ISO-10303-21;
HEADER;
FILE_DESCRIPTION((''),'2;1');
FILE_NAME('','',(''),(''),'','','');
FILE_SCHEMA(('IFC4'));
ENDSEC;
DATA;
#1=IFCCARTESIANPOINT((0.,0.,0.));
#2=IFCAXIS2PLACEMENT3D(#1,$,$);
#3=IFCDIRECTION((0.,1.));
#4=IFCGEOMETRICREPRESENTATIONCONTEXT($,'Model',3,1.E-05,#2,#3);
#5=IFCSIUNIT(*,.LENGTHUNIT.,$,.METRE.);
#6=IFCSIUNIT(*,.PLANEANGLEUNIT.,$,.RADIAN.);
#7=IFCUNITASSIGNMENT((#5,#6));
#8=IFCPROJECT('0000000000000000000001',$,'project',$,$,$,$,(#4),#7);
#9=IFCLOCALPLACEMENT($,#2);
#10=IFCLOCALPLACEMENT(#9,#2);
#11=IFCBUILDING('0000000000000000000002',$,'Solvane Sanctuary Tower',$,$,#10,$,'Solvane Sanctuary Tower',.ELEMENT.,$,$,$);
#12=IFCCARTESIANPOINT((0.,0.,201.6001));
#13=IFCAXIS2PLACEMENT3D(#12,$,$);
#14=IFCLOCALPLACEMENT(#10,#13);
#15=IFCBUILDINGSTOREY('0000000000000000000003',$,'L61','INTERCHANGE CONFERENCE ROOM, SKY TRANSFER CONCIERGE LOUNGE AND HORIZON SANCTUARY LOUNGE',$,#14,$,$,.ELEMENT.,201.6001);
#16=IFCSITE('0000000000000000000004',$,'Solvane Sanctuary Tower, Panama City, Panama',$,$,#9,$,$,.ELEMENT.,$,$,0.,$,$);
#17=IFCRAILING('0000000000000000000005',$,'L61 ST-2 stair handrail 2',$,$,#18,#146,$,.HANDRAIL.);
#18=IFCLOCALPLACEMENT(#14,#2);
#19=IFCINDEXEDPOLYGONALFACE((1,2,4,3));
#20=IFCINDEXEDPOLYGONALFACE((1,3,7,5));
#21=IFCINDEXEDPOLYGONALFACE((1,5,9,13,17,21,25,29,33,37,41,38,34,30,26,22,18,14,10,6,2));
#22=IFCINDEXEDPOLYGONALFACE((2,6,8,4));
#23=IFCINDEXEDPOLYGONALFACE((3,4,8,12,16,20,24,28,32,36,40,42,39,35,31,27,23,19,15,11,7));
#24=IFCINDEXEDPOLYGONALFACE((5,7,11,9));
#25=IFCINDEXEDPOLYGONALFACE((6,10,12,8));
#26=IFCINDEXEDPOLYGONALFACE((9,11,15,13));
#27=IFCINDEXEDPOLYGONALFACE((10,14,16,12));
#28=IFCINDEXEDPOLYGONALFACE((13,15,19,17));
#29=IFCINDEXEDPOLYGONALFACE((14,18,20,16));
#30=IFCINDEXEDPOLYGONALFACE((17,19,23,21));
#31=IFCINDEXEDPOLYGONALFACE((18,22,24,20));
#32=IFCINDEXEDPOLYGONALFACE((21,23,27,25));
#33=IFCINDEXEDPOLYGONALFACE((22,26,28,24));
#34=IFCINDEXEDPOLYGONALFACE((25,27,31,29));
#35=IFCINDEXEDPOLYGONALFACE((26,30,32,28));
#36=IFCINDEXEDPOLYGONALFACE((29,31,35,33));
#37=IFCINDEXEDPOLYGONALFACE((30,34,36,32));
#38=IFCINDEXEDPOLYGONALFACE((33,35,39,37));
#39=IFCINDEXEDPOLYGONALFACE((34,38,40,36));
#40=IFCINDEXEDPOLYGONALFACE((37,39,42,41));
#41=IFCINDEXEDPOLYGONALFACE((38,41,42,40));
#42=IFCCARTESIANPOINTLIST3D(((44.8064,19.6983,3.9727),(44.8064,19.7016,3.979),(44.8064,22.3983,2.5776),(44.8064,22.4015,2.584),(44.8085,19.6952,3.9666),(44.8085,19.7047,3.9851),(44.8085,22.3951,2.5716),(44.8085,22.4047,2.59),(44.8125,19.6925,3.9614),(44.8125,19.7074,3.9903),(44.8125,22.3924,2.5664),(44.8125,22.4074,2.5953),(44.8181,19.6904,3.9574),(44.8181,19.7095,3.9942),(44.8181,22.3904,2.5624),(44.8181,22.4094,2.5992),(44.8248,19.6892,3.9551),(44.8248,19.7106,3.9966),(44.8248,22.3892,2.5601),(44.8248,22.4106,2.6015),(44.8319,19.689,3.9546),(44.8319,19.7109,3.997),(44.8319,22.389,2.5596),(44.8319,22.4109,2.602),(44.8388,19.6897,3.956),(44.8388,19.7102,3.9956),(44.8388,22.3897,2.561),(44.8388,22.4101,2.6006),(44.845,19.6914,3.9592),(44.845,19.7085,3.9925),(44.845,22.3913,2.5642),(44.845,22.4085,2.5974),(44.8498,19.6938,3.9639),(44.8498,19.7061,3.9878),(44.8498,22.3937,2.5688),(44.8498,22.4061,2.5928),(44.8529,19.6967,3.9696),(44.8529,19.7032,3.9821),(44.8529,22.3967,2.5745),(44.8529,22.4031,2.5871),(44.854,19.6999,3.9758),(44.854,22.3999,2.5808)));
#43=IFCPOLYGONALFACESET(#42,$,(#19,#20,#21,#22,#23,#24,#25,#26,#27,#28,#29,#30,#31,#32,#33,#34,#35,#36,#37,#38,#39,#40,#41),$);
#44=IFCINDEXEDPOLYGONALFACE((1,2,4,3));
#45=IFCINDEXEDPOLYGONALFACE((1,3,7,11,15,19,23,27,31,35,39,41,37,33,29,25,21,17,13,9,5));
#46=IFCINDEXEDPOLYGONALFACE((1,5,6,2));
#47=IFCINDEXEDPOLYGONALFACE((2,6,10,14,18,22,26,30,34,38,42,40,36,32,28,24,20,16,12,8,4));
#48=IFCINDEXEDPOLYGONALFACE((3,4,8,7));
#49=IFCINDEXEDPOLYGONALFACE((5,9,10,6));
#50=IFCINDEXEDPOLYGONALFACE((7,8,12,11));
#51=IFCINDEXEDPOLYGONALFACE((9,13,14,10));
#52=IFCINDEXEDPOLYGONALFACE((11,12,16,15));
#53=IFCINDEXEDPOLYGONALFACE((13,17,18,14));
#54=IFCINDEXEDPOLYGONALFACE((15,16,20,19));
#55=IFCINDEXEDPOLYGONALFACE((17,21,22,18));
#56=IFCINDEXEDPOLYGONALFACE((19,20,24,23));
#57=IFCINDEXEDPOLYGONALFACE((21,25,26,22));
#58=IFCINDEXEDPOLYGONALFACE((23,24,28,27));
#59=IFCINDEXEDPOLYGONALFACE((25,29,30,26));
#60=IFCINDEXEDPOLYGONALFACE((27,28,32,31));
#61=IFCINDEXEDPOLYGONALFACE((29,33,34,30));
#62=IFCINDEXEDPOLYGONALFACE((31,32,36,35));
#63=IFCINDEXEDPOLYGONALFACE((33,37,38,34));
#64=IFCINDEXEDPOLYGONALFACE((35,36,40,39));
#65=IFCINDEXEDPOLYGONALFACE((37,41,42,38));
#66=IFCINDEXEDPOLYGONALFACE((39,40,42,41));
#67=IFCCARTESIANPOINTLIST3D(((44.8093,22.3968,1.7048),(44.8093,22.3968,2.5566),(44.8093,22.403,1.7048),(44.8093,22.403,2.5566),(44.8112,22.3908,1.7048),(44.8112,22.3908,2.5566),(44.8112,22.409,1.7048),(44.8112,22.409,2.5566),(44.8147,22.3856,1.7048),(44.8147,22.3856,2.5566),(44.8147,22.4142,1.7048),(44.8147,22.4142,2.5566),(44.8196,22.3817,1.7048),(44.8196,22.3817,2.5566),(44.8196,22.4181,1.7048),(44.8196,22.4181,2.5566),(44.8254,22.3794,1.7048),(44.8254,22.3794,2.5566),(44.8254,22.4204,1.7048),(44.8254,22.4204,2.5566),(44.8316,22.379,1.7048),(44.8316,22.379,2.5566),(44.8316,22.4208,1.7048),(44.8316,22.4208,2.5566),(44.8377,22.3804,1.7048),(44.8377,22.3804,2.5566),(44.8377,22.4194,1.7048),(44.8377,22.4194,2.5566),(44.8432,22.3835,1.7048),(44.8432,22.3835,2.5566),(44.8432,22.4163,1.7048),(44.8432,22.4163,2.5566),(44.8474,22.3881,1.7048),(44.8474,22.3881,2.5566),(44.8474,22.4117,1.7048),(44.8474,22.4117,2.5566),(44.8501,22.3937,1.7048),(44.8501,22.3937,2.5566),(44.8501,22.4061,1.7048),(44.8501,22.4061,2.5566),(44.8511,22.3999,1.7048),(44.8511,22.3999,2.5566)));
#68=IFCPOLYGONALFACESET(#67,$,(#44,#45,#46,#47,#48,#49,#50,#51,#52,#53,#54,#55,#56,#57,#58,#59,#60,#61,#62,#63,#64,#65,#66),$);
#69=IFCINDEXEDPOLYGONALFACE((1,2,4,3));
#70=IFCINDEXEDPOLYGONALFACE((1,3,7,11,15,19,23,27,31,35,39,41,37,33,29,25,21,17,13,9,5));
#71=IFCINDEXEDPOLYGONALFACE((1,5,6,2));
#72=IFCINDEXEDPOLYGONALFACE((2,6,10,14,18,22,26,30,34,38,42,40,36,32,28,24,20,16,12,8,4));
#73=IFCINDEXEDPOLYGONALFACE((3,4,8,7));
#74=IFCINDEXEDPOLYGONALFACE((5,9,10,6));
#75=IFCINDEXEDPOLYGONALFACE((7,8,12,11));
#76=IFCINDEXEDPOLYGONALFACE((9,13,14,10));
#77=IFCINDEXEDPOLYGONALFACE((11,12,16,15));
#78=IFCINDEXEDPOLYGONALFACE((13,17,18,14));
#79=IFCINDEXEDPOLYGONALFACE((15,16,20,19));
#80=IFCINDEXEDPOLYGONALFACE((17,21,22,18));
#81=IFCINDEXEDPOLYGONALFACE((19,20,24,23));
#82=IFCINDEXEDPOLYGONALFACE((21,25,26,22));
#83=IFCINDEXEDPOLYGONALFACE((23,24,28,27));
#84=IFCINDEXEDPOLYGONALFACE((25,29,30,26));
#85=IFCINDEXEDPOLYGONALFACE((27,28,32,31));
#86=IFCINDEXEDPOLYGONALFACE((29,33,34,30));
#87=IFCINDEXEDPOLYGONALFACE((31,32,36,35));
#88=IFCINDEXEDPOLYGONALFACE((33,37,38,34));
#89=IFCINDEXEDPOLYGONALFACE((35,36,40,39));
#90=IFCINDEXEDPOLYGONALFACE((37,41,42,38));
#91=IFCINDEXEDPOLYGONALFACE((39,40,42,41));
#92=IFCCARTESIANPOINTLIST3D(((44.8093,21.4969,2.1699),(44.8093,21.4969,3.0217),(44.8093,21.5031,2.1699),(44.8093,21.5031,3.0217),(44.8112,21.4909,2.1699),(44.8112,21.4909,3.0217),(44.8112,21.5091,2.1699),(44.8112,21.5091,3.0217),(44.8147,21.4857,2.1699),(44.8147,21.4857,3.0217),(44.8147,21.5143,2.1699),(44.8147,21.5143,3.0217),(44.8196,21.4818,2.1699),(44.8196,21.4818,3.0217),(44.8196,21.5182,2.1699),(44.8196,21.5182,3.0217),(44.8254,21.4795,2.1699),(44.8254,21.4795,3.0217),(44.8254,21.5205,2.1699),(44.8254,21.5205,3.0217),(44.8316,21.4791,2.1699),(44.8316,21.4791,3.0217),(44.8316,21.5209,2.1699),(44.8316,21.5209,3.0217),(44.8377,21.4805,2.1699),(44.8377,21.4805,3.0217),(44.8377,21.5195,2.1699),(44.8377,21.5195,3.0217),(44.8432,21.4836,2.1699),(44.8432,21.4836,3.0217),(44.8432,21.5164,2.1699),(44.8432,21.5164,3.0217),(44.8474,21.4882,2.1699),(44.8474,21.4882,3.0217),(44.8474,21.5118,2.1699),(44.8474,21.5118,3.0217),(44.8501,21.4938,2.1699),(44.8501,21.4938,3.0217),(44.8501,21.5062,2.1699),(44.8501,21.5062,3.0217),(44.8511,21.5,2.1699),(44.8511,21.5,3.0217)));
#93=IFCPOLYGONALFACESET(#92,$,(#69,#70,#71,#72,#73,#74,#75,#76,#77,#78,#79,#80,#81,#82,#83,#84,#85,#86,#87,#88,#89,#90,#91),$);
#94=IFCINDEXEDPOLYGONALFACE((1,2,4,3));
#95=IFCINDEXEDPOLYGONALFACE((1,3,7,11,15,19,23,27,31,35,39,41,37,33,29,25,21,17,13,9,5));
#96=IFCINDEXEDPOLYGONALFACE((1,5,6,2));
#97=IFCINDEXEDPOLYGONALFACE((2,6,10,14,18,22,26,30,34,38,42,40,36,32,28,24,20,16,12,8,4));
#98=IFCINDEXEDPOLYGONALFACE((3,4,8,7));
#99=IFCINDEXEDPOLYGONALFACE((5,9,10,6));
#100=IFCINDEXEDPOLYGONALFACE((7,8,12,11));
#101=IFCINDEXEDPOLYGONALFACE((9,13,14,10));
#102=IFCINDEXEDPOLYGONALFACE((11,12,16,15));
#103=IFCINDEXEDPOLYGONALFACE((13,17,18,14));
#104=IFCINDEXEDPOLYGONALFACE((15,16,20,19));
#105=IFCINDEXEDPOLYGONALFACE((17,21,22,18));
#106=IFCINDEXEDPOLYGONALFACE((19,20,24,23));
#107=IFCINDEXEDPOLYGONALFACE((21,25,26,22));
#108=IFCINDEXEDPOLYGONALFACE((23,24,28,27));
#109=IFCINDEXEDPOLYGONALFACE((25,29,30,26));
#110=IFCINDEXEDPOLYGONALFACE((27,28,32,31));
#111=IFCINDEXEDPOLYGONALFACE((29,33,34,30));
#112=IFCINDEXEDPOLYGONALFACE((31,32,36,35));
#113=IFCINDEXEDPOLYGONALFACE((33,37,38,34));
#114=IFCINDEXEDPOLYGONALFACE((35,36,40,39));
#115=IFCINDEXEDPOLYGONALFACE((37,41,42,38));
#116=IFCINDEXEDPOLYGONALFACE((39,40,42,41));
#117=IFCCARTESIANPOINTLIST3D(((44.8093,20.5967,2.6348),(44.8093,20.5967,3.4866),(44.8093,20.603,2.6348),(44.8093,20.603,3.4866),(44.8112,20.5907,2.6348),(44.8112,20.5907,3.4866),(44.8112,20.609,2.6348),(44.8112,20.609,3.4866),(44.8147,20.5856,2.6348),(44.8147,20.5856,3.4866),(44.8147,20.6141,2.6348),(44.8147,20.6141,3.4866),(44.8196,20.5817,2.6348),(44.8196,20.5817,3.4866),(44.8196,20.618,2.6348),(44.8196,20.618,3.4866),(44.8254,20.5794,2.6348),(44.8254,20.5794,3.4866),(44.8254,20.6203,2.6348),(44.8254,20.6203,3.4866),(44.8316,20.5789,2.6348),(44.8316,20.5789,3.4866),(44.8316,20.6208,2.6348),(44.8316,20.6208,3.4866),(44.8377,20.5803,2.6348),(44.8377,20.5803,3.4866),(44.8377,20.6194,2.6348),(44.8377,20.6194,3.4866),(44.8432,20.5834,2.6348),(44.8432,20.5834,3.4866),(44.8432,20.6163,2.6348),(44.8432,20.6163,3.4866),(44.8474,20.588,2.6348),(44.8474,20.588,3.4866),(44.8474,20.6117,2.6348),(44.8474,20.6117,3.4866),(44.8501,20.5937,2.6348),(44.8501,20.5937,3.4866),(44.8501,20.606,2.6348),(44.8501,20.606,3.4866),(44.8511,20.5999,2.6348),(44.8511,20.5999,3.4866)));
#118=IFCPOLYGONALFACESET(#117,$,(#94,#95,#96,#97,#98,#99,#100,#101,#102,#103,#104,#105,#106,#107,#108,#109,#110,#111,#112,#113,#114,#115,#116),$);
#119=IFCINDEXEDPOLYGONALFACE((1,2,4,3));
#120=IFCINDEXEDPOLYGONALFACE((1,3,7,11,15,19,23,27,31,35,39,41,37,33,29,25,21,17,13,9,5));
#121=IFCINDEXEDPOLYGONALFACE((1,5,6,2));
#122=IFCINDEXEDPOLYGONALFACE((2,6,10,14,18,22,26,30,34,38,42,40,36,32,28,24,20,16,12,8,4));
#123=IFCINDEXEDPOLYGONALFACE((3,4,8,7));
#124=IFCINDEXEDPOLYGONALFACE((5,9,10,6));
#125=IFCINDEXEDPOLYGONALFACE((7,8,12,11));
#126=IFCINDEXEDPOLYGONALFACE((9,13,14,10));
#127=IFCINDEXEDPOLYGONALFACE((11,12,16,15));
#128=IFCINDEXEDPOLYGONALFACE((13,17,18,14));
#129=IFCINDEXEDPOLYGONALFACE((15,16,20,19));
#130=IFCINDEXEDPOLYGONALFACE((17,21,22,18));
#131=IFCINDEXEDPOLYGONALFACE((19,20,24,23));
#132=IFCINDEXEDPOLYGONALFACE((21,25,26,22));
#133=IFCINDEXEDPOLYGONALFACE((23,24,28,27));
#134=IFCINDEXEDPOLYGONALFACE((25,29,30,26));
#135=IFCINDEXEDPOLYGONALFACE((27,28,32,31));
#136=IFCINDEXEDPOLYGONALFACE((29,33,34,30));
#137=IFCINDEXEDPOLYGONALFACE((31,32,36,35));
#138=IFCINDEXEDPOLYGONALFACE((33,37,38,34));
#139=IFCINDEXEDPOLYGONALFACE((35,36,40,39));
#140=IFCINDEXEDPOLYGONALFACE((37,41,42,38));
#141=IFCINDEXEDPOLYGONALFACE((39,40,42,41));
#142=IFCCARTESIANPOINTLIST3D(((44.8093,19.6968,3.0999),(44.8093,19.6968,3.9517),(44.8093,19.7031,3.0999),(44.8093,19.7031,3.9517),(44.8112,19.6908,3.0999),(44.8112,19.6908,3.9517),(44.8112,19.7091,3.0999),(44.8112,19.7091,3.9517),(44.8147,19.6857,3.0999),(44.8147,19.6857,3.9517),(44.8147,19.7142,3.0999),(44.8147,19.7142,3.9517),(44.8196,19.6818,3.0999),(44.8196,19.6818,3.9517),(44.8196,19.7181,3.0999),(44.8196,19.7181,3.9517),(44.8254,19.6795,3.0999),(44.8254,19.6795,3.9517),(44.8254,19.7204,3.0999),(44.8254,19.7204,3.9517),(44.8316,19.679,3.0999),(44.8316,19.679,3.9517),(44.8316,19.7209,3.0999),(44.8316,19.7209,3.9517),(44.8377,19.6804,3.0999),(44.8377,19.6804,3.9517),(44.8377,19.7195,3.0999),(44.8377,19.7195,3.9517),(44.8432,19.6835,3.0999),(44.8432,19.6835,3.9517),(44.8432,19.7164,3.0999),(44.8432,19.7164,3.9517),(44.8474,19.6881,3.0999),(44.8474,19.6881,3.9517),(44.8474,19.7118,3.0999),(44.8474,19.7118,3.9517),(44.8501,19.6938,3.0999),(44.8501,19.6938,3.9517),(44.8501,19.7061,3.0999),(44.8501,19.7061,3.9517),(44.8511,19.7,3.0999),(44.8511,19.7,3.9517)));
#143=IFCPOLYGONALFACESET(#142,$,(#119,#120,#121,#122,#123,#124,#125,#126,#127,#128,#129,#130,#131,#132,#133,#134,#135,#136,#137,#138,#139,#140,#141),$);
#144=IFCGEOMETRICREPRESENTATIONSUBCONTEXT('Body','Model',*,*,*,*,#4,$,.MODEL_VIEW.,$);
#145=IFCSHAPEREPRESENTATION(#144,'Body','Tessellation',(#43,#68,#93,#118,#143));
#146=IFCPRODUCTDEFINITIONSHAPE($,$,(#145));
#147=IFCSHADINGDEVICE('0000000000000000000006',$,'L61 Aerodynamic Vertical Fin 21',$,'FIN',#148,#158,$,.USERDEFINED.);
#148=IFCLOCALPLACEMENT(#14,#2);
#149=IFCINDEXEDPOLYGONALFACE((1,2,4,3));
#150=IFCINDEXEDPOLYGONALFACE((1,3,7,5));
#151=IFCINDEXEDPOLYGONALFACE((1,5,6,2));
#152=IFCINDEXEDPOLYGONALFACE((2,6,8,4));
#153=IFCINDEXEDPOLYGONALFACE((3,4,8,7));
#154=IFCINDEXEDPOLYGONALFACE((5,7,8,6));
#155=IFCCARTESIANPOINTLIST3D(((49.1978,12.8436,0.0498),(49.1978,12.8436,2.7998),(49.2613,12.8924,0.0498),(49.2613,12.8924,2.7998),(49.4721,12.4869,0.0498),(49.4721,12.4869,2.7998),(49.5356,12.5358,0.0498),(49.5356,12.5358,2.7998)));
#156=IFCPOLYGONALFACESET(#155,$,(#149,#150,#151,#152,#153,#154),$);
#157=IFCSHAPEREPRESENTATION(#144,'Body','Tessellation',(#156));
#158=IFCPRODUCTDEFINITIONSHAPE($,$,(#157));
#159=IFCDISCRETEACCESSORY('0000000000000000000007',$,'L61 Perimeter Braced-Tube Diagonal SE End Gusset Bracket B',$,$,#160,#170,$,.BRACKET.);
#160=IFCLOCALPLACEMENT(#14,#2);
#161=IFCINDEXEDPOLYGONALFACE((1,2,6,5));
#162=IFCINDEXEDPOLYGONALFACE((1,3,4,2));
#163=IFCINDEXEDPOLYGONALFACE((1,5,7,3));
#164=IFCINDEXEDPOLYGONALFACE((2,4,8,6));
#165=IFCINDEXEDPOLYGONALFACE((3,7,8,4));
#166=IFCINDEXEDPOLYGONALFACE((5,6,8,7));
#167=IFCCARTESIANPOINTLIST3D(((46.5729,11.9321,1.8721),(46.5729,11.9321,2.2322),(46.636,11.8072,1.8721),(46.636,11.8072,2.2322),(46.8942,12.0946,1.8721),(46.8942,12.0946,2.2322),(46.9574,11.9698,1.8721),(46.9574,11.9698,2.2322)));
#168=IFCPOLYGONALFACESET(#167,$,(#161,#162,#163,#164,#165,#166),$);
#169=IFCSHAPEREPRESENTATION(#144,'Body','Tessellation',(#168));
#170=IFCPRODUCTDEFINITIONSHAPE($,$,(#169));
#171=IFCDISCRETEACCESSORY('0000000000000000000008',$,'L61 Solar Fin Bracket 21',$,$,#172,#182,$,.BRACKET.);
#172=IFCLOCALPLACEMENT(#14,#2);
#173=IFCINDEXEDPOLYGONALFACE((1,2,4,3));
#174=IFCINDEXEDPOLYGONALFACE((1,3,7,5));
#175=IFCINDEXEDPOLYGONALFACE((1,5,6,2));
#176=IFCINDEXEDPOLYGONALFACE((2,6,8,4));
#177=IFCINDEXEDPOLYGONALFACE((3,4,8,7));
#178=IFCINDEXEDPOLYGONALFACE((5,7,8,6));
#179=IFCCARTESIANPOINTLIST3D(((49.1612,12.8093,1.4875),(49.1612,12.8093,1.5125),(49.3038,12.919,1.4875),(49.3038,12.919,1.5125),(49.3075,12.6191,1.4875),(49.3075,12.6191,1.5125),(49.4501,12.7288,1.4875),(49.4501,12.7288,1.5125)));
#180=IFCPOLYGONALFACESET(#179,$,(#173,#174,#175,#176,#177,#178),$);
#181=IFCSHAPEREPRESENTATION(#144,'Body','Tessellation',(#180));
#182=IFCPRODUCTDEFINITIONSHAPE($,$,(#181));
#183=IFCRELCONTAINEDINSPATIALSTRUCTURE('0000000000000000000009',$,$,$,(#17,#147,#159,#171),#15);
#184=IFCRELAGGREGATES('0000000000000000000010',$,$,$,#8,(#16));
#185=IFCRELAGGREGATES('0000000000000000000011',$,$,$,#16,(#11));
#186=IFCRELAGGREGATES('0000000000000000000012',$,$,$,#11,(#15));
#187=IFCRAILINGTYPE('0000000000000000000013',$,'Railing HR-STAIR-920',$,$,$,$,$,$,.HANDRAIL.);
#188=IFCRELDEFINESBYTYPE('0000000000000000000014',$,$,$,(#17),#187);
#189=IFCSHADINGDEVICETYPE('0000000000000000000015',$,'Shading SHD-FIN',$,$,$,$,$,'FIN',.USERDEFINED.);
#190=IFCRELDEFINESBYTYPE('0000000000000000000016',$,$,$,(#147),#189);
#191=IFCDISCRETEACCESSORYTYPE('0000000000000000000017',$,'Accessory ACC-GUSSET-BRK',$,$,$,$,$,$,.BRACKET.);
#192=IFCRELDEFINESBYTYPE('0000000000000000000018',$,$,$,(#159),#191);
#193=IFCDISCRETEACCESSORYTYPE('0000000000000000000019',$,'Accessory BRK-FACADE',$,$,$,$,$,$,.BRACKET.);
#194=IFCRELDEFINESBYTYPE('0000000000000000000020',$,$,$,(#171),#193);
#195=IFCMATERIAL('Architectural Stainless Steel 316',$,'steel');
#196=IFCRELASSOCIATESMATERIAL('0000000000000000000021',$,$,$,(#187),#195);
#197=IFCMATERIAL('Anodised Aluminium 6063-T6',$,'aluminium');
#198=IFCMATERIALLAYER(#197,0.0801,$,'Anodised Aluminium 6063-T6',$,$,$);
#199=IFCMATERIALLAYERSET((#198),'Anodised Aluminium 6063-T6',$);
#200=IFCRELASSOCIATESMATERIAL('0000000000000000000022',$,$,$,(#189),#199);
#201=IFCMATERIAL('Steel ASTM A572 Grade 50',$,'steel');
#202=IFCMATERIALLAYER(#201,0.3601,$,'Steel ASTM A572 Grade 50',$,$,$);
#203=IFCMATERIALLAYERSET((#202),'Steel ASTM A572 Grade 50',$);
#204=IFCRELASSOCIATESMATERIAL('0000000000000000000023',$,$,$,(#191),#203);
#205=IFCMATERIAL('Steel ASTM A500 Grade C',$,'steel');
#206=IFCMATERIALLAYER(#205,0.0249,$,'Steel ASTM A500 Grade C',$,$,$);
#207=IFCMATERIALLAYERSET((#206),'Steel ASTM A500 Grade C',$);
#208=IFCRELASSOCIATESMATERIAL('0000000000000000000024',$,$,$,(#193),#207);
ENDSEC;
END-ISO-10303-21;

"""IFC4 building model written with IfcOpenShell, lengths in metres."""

from ifc_helpers import new_model, si_unit, direction, frame, origin, origin_2d, place, context, subcontext, project, spatial, rectangle, circle, extrude, material, layer, layer_set, type_object, element, save


model = new_model("IFC4")

# Units and contexts
model_context = context("Model", 3, precision=1e-05, world=origin(), true_north=direction((0.0, 1.0)))
body_context = subcontext(model_context, "Body", "Model", "MODEL_VIEW")
ifc_project = project(units=[si_unit("LENGTHUNIT", "METRE"), si_unit("PLANEANGLEUNIT", "RADIAN")], contexts=[model_context])

# Site, building, storey
site_placement = place(None, origin())
site = spatial("IfcSite", under=ifc_project, at=site_placement, Name="Solvane Sanctuary Tower, Panama City, Panama", CompositionType="ELEMENT", RefElevation=0.0)
building_placement = place(site_placement, origin())
building = spatial("IfcBuilding", under=site, at=building_placement, Name="Solvane Sanctuary Tower", LongName="Solvane Sanctuary Tower", CompositionType="ELEMENT")
storey_placement = place(building_placement, frame((0.0, 0.0, 201.6001)))
storey = spatial("IfcBuildingStorey", under=building, at=storey_placement, Name="L61", Description="INTERCHANGE CONFERENCE ROOM, SKY TRANSFER CONCIERGE LOUNGE AND HORIZON SANCTUARY LOUNGE", CompositionType="ELEMENT", Elevation=201.6001)

# Railing
ifc_material_1 = material(Name="Architectural Stainless Steel 316", Category="steel")
railing_type_1 = type_object("IfcRailingType", Name="Railing HR-STAIR-920", PredefinedType="HANDRAIL", material=ifc_material_1)
railing_1_placement = place(storey_placement, frame((44.8301, 22.3999, 1.7048)))
element("IfcRailing", 1, at=railing_1_placement, inside=storey, type_object=railing_type_1, Name="L61 ST-2 stair handrail 2", PredefinedType="HANDRAIL", context=body_context, shape_type="SweptSolid", body=[
    extrude(circle(Radius=0.0239, at=origin_2d()), frame((0.0, 0.0, 0.876), z_axis=(0.0, -0.88842, 0.459032), x_axis=(1.0, 0.0, 0.0)), (0.0, 0.0, 1.0), 3.0391),
    extrude(circle(Radius=0.021, at=origin_2d()), origin(), (0.0, 0.0, 1.0), 0.8518),
    extrude(circle(Radius=0.021, at=origin_2d()), frame((0.0, -0.8999, 0.4651)), (0.0, 0.0, 1.0), 0.8518),
    extrude(circle(Radius=0.021, at=origin_2d()), frame((0.0, -1.8, 0.9299)), (0.0, 0.0, 1.0), 0.8518),
    extrude(circle(Radius=0.021, at=origin_2d()), frame((0.0, -2.7, 1.395)), (0.0, 0.0, 1.0), 0.8518),
])

# Shading device
ifc_material_2 = material(Name="Anodised Aluminium 6063-T6", Category="aluminium")
ifc_layer_1 = layer(ifc_material_2, 0.0801, Name="Anodised Aluminium 6063-T6")
ifc_layer_set_1 = layer_set([ifc_layer_1], Name="Anodised Aluminium 6063-T6")
shading_device_type = type_object("IfcShadingDeviceType", Name="Shading SHD-FIN", ElementType="FIN", PredefinedType="USERDEFINED", material=ifc_layer_set_1)
shading_device_placement = place(storey_placement, frame((49.3667, 12.6897, 0.0498), z_axis=(0.0, 0.0, 1.0), x_axis=(0.792708, 0.609602, 0.0)))
element("IfcShadingDevice", 2, at=shading_device_placement, inside=storey, type_object=shading_device_type, Name="L61 Aerodynamic Vertical Fin 21", ObjectType="FIN", PredefinedType="USERDEFINED", context=body_context, shape_type="SweptSolid", body=[
    extrude(rectangle(XDim=0.0801, YDim=0.45, at=origin_2d()), origin(), (0.0, 0.0, 1.0), 2.75),
])

# Discrete accessories
ifc_material_3 = material(Name="Steel ASTM A572 Grade 50", Category="steel")
ifc_layer_2 = layer(ifc_material_3, 0.3601, Name="Steel ASTM A572 Grade 50")
ifc_layer_set_2 = layer_set([ifc_layer_2], Name="Steel ASTM A572 Grade 50")
discrete_accessory_type_1 = type_object("IfcDiscreteAccessoryType", Name="Accessory ACC-GUSSET-BRK", PredefinedType="BRACKET", material=ifc_layer_set_2)
discrete_accessory_1_placement = place(storey_placement, frame((46.7651, 11.9509, 1.8721), z_axis=(0.0, 0.0, 1.0), x_axis=(0.89235, 0.451345, 0.0)))
element("IfcDiscreteAccessory", 3, at=discrete_accessory_1_placement, inside=storey, type_object=discrete_accessory_type_1, Name="L61 Perimeter Braced-Tube Diagonal SE End Gusset Bracket B", PredefinedType="BRACKET", context=body_context, shape_type="SweptSolid", body=[
    extrude(rectangle(XDim=0.3601, YDim=0.1399, at=origin_2d()), origin(), (0.0, 0.0, 1.0), 0.3601),
])
ifc_material_4 = material(Name="Steel ASTM A500 Grade C", Category="steel")
ifc_layer_3 = layer(ifc_material_4, 0.0249, Name="Steel ASTM A500 Grade C")
ifc_layer_set_3 = layer_set([ifc_layer_3], Name="Steel ASTM A500 Grade C")
discrete_accessory_type_2 = type_object("IfcDiscreteAccessoryType", Name="Accessory BRK-FACADE", PredefinedType="BRACKET", material=ifc_layer_set_3)
discrete_accessory_2_placement = place(storey_placement, frame((49.3057, 12.769, 1.4875), z_axis=(0.0, 0.0, 1.0), x_axis=(0.792708, 0.609602, 0.0)))
element("IfcDiscreteAccessory", 4, at=discrete_accessory_2_placement, inside=storey, type_object=discrete_accessory_type_2, Name="L61 Solar Fin Bracket 21", PredefinedType="BRACKET", context=body_context, shape_type="SweptSolid", body=[
    extrude(rectangle(XDim=0.1799, YDim=0.24, at=origin_2d()), origin(), (0.0, 0.0, 1.0), 0.0249),
])

save(model, "model.ifc")
